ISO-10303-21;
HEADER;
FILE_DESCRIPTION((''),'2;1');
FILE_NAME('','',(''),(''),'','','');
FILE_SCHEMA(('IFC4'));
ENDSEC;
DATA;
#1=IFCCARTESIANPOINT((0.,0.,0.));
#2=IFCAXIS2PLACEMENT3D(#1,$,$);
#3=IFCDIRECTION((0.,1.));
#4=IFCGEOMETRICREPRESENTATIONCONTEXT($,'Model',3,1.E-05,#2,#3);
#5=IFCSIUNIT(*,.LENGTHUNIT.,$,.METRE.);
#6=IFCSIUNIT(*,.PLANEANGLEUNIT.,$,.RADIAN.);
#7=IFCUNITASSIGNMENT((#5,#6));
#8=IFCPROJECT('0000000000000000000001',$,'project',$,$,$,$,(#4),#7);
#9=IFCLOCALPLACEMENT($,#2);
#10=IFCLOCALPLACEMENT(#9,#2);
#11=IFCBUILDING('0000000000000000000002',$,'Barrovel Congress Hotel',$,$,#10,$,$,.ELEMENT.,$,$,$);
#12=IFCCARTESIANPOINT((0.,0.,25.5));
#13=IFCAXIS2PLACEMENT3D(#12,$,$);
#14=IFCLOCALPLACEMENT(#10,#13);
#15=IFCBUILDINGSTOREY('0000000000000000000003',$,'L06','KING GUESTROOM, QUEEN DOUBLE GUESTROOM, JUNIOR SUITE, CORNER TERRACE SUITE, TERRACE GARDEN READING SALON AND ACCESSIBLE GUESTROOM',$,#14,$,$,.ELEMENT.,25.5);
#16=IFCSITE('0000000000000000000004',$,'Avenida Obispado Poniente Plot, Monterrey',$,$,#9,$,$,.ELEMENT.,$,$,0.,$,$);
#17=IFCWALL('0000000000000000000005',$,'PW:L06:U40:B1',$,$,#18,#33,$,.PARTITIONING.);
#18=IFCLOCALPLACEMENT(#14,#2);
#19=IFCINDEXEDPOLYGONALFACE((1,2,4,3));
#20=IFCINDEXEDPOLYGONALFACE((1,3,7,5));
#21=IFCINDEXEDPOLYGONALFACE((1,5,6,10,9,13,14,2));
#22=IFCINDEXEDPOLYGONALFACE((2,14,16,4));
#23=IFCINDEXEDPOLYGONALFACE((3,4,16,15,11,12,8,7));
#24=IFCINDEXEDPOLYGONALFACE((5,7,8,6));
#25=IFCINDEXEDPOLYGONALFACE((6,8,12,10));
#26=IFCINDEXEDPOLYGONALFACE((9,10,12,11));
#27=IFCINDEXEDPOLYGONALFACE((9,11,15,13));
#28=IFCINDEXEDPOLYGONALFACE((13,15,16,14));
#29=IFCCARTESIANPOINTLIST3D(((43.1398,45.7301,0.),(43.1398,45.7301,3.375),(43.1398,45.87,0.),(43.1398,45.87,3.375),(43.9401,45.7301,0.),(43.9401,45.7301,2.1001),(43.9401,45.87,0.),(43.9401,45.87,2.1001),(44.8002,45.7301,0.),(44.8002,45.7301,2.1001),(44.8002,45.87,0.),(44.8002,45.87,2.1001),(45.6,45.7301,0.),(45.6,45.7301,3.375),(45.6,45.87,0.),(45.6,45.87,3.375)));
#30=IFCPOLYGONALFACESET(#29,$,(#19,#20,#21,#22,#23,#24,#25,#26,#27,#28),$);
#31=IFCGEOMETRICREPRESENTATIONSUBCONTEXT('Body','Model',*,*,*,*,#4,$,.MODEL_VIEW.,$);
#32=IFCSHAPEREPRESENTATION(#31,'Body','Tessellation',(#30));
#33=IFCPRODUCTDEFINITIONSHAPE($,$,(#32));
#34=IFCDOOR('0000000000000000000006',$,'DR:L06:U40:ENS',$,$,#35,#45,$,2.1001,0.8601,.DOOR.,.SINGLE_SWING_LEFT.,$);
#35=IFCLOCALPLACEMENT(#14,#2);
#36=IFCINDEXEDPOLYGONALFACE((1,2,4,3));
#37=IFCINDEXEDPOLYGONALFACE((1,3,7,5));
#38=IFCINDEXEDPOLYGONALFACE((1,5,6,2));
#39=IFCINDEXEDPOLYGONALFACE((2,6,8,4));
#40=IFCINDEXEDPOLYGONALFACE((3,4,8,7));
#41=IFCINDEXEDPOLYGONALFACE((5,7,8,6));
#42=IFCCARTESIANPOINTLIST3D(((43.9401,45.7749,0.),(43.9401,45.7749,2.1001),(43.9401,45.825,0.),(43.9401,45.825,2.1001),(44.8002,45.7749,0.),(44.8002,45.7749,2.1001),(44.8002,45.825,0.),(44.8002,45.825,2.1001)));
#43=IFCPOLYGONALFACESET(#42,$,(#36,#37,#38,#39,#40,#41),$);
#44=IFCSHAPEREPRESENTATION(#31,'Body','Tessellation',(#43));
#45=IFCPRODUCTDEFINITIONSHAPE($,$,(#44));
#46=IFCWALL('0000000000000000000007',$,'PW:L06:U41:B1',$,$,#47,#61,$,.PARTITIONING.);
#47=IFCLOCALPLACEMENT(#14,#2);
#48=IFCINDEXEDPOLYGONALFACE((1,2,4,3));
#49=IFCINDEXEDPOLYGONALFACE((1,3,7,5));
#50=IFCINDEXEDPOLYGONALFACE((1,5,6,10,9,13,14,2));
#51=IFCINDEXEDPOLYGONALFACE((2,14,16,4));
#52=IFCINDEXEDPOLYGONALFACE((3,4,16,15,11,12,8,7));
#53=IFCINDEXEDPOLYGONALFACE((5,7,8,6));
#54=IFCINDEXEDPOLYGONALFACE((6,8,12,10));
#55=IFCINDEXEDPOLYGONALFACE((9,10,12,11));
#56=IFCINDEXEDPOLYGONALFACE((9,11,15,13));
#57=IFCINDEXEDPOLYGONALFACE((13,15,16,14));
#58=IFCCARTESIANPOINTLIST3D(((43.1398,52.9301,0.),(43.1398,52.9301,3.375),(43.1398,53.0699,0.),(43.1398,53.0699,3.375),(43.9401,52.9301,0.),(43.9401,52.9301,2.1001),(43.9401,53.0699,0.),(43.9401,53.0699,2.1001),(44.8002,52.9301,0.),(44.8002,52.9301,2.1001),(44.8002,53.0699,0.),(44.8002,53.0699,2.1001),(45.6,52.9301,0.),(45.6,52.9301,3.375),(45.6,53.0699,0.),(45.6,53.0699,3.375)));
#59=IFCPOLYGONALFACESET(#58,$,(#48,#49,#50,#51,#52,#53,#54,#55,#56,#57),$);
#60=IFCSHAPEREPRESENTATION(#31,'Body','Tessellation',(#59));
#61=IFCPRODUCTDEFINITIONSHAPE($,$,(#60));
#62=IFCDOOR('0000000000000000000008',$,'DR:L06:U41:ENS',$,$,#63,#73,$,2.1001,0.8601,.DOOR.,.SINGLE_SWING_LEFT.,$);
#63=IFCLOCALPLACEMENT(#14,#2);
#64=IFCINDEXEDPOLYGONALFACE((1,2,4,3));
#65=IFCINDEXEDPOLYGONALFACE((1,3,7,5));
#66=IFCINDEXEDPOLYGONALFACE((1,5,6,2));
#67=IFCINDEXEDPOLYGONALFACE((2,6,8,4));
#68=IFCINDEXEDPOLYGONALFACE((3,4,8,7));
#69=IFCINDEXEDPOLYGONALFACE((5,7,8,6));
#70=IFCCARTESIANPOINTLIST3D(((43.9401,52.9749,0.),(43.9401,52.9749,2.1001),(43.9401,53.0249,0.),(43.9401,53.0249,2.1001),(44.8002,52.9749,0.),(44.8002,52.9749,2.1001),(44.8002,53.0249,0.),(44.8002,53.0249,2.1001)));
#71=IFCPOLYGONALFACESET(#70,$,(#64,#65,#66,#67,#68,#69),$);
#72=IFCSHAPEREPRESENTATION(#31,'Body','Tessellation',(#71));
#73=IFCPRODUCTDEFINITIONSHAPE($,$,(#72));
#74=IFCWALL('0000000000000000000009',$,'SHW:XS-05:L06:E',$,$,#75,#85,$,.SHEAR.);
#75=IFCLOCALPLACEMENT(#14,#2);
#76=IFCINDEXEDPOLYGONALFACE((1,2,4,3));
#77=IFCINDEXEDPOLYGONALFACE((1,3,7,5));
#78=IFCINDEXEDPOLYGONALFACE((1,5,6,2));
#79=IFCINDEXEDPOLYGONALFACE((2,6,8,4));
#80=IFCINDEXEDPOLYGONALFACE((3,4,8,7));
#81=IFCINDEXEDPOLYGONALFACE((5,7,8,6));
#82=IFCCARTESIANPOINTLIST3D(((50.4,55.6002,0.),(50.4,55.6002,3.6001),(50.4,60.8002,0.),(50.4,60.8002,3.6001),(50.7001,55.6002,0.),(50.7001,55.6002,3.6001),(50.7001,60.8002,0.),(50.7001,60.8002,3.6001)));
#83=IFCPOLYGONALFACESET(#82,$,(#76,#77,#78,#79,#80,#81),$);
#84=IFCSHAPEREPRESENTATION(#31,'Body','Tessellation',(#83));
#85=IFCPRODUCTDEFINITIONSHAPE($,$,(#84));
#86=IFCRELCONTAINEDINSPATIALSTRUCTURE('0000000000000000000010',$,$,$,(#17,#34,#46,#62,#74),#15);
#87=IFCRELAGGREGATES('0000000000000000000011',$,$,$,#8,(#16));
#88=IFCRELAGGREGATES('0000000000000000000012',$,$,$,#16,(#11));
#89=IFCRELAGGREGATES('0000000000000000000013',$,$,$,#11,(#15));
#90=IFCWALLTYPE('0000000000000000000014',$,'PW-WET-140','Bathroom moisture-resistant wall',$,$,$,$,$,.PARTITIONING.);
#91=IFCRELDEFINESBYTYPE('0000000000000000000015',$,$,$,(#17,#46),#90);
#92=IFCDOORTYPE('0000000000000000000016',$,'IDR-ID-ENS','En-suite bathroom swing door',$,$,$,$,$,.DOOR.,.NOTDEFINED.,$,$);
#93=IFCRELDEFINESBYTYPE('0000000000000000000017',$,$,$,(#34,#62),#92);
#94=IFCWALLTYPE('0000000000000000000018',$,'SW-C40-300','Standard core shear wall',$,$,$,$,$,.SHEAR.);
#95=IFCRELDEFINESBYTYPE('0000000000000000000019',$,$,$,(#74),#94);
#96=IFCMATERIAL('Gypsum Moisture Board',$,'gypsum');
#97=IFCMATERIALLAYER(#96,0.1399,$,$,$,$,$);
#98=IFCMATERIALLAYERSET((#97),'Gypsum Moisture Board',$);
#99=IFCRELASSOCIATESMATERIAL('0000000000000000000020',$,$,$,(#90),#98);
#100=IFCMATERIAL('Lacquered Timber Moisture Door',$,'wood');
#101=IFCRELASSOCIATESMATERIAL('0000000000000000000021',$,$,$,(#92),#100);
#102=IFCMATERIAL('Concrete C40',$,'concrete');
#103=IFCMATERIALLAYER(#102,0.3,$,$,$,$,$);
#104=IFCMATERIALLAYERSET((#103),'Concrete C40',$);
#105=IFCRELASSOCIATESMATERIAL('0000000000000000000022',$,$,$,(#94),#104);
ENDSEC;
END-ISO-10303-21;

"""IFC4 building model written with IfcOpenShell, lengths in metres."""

from ifc_helpers import new_model, si_unit, direction, frame, frame_2d, origin, place, context, subcontext, project, spatial, rectangle, extrude, material, layer, layer_set, type_object, element, fill, save


model = new_model("IFC4")

# Units and contexts
model_context = context("Model", 3, precision=1e-05, world=origin(), true_north=direction((0.0, 1.0)))
body_context = subcontext(model_context, "Body", "Model", "MODEL_VIEW")
ifc_project = project(units=[si_unit("LENGTHUNIT", "METRE"), si_unit("PLANEANGLEUNIT", "RADIAN")], contexts=[model_context])

# Site, building, storey
site_placement = place(None, origin())
site = spatial("IfcSite", under=ifc_project, at=site_placement, Name="Avenida Obispado Poniente Plot, Monterrey", CompositionType="ELEMENT", RefElevation=0.0)
building_placement = place(site_placement, origin())
building = spatial("IfcBuilding", under=site, at=building_placement, Name="Barrovel Congress Hotel", CompositionType="ELEMENT")
storey_placement = place(building_placement, frame((0.0, 0.0, 25.5)))
storey = spatial("IfcBuildingStorey", under=building, at=storey_placement, Name="L06", Description="KING GUESTROOM, QUEEN DOUBLE GUESTROOM, JUNIOR SUITE, CORNER TERRACE SUITE, TERRACE GARDEN READING SALON AND ACCESSIBLE GUESTROOM", CompositionType="ELEMENT", Elevation=25.5)

# Shared definitions
ifc_material_1 = material(Name="Concrete C40", Category="concrete")

# Walls, openings, doors
ifc_material_2 = material(Name="Gypsum Moisture Board", Category="gypsum")
ifc_layer_1 = layer(ifc_material_2, 0.1399)
ifc_layer_set_1 = layer_set([ifc_layer_1], Name="Gypsum Moisture Board")
wall_type_1 = type_object("IfcWallType", Name="PW-WET-140", Description="Bathroom moisture-resistant wall", PredefinedType="PARTITIONING", material=ifc_layer_set_1)
wall_1_placement = place(storey_placement, frame((43.1399, 45.8, 0.0), z_axis=(0.0, 0.0, 1.0), x_axis=(1.0, 0.0, 0.0)))
wall_1 = element("IfcWall", 1, at=wall_1_placement, inside=storey, type_object=wall_type_1, Name="PW:L06:U40:B1", PredefinedType="PARTITIONING", context=body_context, shape_type="SweptSolid", body=[
    extrude(rectangle(XDim=2.4602, YDim=0.1399, at=frame_2d((1.23, 0.0))), origin(), (0.0, 0.0, 1.0), 3.375),
])
opening_1_placement = place(wall_1_placement, frame((0.8, 0.0, 0.0)))
opening_1 = element("IfcOpeningElement", 2, at=opening_1_placement, cuts=wall_1, PredefinedType="OPENING", context=body_context, shape_type="SweptSolid", body=[
    extrude(rectangle(XDim=0.8601, YDim=2.1001, at=frame_2d((0.4302, 1.05))), frame((0.0, 0.0801, 0.0), z_axis=(0.0, -1.0, 0.0), x_axis=(1.0, 0.0, 0.0)), (0.0, 0.0, 1.0), 0.1599),
])
ifc_material_3 = material(Name="Lacquered Timber Moisture Door", Category="wood")
door_type_1 = type_object("IfcDoorType", Name="IDR-ID-ENS", Description="En-suite bathroom swing door", OperationType="NOTDEFINED", PredefinedType="DOOR", material=ifc_material_3)
door_1_placement = place(opening_1_placement, origin())
door_1 = element("IfcDoor", 3, at=door_1_placement, inside=storey, type_object=door_type_1, Name="DR:L06:U40:ENS", OperationType="SINGLE_SWING_LEFT", OverallHeight=2.1001, OverallWidth=0.8601, PredefinedType="DOOR", context=body_context, shape_type="SweptSolid", body=[
    extrude(rectangle(XDim=0.8601, YDim=2.1001, at=frame_2d((0.4302, 1.05))), frame((0.0, 0.0249, 0.0), z_axis=(0.0, -1.0, 0.0), x_axis=(1.0, 0.0, 0.0)), (0.0, 0.0, 1.0), 0.05),
])
fill(opening_1, door_1)
wall_2_placement = place(storey_placement, frame((43.1399, 53.0, 0.0), z_axis=(0.0, 0.0, 1.0), x_axis=(1.0, 0.0, 0.0)))
wall_2 = element("IfcWall", 4, at=wall_2_placement, inside=storey, type_object=wall_type_1, Name="PW:L06:U41:B1", PredefinedType="PARTITIONING", context=body_context, shape_type="SweptSolid", body=[
    extrude(rectangle(XDim=2.4602, YDim=0.1399, at=frame_2d((1.23, 0.0))), origin(), (0.0, 0.0, 1.0), 3.375),
])
opening_2_placement = place(wall_2_placement, frame((0.8, 0.0, 0.0)))
opening_2 = element("IfcOpeningElement", 5, at=opening_2_placement, cuts=wall_2, PredefinedType="OPENING", context=body_context, shape_type="SweptSolid", body=[
    extrude(rectangle(XDim=0.8601, YDim=2.1001, at=frame_2d((0.4302, 1.05))), frame((0.0, 0.0801, 0.0), z_axis=(0.0, -1.0, 0.0), x_axis=(1.0, 0.0, 0.0)), (0.0, 0.0, 1.0), 0.1599),
])
door_2_placement = place(opening_2_placement, origin())
door_2 = element("IfcDoor", 6, at=door_2_placement, inside=storey, type_object=door_type_1, Name="DR:L06:U41:ENS", OperationType="SINGLE_SWING_LEFT", OverallHeight=2.1001, OverallWidth=0.8601, PredefinedType="DOOR", context=body_context, shape_type="SweptSolid", body=[
    extrude(rectangle(XDim=0.8601, YDim=2.1001, at=frame_2d((0.4302, 1.05))), frame((0.0, 0.0249, 0.0), z_axis=(0.0, -1.0, 0.0), x_axis=(1.0, 0.0, 0.0)), (0.0, 0.0, 1.0), 0.05),
])
fill(opening_2, door_2)

# Wall
ifc_layer_2 = layer(ifc_material_1, 0.3)
ifc_layer_set_2 = layer_set([ifc_layer_2], Name="Concrete C40")
wall_type_2 = type_object("IfcWallType", Name="SW-C40-300", Description="Standard core shear wall", PredefinedType="SHEAR", material=ifc_layer_set_2)
wall_3_placement = place(storey_placement, frame((50.55, 55.6001, 0.0), z_axis=(0.0, 0.0, 1.0), x_axis=(0.0, 1.0, 0.0)))
element("IfcWall", 7, at=wall_3_placement, inside=storey, type_object=wall_type_2, Name="SHW:XS-05:L06:E", PredefinedType="SHEAR", context=body_context, shape_type="SweptSolid", body=[
    extrude(rectangle(XDim=5.2, YDim=0.3, at=frame_2d((2.6001, 0.0))), origin(), (0.0, 0.0, 1.0), 3.6001),
])

save(model, "model.ifc")
